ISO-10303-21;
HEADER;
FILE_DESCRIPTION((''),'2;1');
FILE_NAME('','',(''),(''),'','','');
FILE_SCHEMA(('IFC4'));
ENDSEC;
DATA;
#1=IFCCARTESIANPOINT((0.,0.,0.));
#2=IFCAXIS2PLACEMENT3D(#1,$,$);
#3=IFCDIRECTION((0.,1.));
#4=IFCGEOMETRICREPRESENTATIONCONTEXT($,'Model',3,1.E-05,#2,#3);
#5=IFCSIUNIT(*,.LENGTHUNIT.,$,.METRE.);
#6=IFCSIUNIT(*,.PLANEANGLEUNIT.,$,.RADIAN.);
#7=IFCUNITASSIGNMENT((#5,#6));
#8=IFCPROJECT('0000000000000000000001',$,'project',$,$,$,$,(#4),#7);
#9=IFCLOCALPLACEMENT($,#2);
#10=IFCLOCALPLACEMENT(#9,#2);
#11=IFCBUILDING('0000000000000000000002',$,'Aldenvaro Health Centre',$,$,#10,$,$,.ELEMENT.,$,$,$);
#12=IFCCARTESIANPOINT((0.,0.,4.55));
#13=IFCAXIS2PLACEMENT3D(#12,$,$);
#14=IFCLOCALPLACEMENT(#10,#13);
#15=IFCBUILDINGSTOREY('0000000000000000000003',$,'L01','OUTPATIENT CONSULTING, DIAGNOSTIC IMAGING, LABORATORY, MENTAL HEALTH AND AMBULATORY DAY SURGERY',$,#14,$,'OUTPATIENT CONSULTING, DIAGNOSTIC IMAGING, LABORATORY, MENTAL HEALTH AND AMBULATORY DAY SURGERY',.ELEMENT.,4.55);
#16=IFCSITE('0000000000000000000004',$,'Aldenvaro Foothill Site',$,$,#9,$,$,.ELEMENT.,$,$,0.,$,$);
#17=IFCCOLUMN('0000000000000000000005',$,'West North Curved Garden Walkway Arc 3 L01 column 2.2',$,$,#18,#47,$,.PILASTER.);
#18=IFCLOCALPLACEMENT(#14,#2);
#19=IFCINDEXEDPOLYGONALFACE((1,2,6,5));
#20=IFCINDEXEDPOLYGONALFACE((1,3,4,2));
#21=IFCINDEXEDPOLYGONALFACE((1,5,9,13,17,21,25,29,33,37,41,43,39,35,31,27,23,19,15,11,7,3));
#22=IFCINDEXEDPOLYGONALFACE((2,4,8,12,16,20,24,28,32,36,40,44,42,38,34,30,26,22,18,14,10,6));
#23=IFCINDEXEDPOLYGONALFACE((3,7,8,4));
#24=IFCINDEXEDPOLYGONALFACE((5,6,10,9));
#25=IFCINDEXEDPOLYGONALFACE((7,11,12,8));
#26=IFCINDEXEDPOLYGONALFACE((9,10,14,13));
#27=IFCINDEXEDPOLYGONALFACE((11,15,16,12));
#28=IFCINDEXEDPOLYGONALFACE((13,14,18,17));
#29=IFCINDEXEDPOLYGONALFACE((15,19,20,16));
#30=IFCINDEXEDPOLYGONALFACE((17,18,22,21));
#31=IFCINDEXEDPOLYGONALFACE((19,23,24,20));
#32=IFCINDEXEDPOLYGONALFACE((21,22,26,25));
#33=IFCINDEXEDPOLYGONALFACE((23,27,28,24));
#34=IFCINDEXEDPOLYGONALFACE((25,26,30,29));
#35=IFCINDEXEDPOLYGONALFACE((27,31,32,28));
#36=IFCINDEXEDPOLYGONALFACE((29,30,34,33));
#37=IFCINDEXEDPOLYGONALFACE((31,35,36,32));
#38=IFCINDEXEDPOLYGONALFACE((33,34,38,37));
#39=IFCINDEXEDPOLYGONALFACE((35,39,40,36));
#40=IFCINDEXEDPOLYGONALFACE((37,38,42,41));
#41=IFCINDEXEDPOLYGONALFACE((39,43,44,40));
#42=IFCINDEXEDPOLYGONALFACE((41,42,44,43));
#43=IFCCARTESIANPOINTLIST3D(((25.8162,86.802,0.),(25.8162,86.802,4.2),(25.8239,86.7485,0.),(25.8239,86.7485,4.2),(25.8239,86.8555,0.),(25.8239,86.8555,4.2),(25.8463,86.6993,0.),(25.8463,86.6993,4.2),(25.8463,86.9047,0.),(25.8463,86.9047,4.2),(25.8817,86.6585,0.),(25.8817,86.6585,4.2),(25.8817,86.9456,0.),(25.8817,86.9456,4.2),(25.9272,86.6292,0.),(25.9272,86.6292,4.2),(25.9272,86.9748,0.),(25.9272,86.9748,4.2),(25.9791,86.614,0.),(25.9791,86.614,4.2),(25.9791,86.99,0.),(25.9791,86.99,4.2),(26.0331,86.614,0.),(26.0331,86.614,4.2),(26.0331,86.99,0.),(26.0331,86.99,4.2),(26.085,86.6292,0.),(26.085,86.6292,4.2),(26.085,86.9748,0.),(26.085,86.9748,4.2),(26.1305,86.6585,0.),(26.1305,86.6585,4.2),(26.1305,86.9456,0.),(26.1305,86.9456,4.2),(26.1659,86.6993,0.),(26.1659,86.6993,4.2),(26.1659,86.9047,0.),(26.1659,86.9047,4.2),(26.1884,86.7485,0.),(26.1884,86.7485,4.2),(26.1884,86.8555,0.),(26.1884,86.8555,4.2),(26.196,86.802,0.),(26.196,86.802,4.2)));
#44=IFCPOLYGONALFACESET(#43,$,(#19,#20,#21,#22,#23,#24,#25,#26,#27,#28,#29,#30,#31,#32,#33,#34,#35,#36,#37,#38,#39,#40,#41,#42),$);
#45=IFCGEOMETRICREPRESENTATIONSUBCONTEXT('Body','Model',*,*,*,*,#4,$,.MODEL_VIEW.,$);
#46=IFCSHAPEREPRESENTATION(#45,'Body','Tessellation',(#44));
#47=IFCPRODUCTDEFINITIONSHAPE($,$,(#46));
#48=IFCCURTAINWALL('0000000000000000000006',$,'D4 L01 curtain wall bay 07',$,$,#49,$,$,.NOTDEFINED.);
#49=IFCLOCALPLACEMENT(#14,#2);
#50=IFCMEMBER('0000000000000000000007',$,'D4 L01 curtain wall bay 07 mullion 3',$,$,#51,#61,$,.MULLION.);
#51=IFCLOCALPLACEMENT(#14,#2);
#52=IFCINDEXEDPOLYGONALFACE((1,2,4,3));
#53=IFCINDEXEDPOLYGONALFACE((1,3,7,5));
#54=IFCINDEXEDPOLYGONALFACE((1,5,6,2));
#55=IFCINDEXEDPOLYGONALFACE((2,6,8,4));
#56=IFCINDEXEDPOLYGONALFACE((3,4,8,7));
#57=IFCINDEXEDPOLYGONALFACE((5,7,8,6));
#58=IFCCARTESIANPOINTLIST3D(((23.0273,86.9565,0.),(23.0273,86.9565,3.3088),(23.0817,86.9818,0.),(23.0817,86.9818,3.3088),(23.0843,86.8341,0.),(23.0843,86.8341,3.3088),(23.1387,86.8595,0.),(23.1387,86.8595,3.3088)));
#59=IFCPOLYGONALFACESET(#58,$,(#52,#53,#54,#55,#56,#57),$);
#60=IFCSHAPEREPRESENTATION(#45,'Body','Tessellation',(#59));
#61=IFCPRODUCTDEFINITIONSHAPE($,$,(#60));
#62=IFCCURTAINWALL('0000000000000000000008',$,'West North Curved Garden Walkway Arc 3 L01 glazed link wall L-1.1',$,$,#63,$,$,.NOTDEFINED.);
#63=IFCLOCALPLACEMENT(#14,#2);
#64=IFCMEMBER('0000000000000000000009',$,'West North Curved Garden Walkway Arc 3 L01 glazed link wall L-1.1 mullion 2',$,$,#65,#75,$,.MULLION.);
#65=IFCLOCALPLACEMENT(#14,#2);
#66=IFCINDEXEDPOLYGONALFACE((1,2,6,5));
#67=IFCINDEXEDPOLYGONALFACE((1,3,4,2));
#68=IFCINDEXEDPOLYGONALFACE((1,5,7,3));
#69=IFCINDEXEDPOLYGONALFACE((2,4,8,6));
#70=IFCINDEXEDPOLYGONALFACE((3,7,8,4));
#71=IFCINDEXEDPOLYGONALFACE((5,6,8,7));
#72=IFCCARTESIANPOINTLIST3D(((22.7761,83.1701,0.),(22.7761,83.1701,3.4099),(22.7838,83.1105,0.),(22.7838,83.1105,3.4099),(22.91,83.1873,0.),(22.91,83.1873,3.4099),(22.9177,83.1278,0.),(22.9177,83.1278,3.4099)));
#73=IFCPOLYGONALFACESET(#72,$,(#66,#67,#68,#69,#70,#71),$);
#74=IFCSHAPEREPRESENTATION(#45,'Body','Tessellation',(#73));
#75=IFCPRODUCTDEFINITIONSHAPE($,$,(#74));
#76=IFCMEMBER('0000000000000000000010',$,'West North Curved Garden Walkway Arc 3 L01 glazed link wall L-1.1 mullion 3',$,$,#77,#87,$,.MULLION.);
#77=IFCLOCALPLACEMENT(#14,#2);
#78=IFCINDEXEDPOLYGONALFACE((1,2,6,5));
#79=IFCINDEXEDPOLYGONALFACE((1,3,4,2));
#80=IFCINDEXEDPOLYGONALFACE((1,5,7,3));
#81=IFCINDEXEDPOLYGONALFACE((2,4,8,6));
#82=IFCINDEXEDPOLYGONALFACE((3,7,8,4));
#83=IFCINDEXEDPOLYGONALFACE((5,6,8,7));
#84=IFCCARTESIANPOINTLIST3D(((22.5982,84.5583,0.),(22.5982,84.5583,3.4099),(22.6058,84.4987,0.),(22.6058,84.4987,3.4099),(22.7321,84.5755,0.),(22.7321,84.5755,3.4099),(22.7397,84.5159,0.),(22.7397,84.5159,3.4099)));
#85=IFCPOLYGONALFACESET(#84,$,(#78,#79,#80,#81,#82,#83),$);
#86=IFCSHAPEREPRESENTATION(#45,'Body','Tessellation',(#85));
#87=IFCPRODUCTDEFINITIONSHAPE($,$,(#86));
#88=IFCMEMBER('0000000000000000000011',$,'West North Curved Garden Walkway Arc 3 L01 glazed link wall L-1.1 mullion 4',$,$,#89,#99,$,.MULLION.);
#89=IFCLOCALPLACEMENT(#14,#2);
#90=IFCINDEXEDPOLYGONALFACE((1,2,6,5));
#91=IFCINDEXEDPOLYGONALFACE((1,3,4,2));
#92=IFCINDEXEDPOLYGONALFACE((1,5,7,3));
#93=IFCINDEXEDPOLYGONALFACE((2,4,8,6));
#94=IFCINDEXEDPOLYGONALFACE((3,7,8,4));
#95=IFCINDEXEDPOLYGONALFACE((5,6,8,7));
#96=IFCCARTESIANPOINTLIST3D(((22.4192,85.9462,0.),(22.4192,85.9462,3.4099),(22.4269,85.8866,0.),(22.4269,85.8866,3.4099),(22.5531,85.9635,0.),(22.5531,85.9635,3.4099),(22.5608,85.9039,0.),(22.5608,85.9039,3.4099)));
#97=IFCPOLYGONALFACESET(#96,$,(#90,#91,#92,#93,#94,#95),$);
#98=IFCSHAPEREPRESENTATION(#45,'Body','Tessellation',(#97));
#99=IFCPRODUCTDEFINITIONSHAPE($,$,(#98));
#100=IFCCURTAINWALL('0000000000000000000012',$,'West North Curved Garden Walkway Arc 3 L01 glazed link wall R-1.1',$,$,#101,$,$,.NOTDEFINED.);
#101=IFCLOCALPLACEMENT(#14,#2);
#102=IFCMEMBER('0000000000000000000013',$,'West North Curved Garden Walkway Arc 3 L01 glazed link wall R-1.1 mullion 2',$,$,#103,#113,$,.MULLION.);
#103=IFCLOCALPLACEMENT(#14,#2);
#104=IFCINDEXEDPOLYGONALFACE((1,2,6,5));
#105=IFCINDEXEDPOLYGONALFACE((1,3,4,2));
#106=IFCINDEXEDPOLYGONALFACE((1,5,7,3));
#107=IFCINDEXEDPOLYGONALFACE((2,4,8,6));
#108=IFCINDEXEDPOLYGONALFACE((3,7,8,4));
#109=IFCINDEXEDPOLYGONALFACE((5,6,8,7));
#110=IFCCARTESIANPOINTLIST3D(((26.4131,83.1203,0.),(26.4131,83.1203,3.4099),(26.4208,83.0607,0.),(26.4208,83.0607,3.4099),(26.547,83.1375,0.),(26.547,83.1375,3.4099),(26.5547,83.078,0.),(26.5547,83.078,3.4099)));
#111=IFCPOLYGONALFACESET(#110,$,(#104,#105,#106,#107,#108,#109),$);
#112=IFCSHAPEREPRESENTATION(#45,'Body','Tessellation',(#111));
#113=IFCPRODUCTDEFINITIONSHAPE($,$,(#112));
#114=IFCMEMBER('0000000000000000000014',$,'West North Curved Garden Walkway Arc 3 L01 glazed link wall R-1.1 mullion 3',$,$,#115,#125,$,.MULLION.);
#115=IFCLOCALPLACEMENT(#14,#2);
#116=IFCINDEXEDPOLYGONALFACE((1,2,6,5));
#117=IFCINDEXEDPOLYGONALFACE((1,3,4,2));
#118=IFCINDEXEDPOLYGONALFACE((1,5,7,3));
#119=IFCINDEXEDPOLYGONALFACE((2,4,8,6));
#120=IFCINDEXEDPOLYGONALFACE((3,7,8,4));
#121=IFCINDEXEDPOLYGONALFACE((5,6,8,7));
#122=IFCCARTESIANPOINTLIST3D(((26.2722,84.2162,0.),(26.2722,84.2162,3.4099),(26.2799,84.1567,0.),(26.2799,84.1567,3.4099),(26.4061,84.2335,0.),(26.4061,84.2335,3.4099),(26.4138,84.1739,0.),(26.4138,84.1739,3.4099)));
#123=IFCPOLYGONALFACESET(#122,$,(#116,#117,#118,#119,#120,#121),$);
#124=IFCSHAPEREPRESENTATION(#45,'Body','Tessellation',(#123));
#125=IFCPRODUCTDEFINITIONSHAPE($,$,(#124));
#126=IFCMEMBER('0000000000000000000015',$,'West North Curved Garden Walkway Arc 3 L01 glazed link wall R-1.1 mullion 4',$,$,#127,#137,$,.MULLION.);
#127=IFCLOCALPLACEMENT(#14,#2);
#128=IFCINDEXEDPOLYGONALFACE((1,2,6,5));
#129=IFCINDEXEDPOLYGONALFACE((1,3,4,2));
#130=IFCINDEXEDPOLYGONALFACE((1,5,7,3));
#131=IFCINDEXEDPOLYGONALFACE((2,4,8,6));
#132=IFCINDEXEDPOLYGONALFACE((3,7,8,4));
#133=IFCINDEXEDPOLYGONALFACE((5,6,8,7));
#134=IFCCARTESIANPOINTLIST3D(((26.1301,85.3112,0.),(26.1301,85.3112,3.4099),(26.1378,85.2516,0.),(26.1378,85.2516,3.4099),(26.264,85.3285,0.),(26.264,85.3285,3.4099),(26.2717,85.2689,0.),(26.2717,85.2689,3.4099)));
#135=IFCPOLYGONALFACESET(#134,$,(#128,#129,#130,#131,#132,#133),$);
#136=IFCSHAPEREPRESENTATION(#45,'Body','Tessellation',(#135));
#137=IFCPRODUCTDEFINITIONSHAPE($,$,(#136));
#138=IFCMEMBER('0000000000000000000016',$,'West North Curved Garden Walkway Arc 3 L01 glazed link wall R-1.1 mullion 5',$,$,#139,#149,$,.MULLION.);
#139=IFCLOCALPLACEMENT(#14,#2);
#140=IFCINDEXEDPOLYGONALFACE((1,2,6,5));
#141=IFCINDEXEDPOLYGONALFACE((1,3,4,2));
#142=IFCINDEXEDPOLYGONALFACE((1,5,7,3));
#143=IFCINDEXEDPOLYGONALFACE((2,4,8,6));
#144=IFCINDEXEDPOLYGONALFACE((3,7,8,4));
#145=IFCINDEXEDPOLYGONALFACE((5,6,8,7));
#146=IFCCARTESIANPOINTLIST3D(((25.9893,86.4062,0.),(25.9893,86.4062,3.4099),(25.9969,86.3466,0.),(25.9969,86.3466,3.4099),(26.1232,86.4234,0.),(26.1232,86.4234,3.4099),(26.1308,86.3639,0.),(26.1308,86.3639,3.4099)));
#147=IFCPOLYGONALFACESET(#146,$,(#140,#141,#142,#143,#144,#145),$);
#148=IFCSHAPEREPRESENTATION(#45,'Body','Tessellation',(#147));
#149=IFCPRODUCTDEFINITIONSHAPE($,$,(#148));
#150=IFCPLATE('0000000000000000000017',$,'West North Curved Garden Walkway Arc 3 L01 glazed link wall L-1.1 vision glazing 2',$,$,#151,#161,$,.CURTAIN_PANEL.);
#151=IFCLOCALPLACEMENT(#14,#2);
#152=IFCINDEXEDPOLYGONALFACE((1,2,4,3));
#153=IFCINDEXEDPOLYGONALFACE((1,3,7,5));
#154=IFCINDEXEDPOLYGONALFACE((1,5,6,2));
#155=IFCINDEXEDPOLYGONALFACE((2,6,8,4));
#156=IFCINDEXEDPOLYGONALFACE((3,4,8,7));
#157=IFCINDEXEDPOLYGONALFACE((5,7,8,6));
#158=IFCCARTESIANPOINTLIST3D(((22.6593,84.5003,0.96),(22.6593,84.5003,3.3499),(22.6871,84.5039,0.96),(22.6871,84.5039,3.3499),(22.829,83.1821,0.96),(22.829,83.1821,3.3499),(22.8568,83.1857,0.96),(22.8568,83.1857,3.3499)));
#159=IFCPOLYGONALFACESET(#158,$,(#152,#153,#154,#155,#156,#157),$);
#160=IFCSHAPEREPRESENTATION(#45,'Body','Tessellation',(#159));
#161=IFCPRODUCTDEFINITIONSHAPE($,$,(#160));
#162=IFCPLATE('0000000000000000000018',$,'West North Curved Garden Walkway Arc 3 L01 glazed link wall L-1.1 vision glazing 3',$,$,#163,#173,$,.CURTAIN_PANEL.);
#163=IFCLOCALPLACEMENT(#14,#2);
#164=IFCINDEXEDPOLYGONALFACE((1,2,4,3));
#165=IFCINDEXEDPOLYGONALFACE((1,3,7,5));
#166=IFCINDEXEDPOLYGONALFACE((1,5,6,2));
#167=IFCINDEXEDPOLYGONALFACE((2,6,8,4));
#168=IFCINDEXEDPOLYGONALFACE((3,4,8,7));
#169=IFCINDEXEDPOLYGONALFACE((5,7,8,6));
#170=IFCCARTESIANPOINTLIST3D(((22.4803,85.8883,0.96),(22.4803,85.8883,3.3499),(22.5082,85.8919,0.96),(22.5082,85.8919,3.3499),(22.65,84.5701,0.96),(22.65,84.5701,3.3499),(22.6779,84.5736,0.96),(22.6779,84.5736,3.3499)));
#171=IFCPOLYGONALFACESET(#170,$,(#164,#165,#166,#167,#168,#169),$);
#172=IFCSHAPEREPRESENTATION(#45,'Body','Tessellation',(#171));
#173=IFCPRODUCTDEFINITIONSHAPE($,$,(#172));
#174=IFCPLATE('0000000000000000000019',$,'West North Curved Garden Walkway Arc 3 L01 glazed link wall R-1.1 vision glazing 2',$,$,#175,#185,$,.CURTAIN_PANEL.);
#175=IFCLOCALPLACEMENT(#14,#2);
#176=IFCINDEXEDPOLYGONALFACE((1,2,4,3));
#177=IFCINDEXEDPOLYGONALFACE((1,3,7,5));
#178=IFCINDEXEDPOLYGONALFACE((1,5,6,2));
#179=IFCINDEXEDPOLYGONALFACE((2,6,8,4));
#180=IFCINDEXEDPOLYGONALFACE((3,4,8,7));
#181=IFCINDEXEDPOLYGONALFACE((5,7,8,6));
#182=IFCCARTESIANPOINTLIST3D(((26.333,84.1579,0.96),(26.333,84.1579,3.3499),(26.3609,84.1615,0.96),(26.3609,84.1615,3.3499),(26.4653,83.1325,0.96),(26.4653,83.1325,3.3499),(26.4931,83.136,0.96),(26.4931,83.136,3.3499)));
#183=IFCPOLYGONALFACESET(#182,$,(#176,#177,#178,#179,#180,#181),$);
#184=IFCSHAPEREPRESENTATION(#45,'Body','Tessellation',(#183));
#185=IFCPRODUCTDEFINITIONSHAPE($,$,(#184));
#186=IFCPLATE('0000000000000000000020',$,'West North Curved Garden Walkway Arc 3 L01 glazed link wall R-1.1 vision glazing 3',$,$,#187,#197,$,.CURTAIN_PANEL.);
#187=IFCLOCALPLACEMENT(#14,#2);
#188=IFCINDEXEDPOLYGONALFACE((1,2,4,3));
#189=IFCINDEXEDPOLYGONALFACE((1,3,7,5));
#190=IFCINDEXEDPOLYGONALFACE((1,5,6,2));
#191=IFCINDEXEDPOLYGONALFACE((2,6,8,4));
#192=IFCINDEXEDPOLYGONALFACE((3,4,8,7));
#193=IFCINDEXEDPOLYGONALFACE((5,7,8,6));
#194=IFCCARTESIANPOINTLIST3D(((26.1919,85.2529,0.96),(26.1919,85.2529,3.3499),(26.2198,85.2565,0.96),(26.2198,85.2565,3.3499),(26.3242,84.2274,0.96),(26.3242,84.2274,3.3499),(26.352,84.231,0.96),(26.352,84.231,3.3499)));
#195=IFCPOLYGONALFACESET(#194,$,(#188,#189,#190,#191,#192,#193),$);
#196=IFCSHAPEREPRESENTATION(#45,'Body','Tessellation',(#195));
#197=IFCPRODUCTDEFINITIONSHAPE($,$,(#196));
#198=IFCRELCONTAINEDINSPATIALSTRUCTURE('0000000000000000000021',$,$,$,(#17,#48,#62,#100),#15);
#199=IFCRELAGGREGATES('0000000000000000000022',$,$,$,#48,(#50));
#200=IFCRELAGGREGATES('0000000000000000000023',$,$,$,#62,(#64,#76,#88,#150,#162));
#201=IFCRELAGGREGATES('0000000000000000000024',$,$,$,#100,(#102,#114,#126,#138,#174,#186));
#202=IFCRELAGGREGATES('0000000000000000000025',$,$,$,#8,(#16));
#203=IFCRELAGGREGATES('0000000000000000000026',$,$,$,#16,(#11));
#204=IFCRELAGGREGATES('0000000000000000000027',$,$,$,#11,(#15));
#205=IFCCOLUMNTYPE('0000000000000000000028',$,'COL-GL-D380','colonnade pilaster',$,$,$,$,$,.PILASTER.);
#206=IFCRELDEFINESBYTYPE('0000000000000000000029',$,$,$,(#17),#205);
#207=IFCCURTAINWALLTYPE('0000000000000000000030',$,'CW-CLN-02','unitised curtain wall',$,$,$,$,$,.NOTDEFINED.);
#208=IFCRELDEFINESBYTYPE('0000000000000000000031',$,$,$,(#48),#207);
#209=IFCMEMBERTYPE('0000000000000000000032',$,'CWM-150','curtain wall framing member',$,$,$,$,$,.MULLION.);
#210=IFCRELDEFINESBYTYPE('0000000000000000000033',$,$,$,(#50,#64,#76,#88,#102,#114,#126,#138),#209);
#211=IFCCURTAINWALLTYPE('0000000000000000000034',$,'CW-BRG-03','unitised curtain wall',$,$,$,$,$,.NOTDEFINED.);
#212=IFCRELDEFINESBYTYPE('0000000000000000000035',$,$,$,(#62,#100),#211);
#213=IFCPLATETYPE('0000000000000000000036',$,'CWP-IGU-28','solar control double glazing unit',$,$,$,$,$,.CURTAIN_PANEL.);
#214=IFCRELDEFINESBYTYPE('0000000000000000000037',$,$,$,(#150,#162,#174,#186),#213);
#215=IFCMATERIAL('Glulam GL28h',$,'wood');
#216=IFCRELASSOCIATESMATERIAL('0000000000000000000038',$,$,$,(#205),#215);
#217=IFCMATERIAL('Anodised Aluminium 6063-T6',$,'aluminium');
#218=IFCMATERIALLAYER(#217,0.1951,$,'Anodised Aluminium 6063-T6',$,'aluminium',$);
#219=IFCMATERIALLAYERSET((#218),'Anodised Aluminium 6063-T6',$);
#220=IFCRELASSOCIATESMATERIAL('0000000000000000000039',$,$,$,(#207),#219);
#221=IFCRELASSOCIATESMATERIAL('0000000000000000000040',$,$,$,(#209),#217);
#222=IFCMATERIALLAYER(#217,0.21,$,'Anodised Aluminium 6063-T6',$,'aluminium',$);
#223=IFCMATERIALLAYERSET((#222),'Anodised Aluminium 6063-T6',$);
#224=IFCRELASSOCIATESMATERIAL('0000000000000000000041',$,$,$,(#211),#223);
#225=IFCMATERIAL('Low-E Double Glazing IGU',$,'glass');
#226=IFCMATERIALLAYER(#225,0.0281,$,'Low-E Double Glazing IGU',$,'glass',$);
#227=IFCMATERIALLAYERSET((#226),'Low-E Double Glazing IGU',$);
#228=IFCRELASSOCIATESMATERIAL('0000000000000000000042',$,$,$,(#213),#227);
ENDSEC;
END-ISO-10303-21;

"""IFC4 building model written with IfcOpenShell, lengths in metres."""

from ifc_helpers import new_model, si_unit, direction, frame, origin, origin_2d, place, context, subcontext, project, spatial, rectangle, circle, extrude, material, layer, layer_set, material_profile, profile_set, type_object, element, aggregate, save


model = new_model("IFC4")

# Units and contexts
model_context = context("Model", 3, precision=1e-05, world=origin(), true_north=direction((0.0, 1.0)))
body_context = subcontext(model_context, "Body", "Model", "MODEL_VIEW")
ifc_project = project(units=[si_unit("LENGTHUNIT", "METRE"), si_unit("PLANEANGLEUNIT", "RADIAN")], contexts=[model_context])

# Site, building, storey
site_placement = place(None, origin())
site = spatial("IfcSite", under=ifc_project, at=site_placement, Name="Aldenvaro Foothill Site", CompositionType="ELEMENT", RefElevation=0.0)
building_placement = place(site_placement, origin())
building = spatial("IfcBuilding", under=site, at=building_placement, Name="Aldenvaro Health Centre", CompositionType="ELEMENT")
storey_placement = place(building_placement, frame((0.0, 0.0, 4.55)))
storey = spatial("IfcBuildingStorey", under=building, at=storey_placement, Name="L01", Description="OUTPATIENT CONSULTING, DIAGNOSTIC IMAGING, LABORATORY, MENTAL HEALTH AND AMBULATORY DAY SURGERY", LongName="OUTPATIENT CONSULTING, DIAGNOSTIC IMAGING, LABORATORY, MENTAL HEALTH AND AMBULATORY DAY SURGERY", CompositionType="ELEMENT", Elevation=4.55)

# Column
ifc_material_1 = material(Name="Glulam GL28h", Category="wood")
ifc_material_profile_1 = material_profile(ifc_material_1, circle(Radius=0.1899, at=origin_2d()), Name="GL D380", Category="wood")
ifc_profile_set_1 = profile_set([ifc_material_profile_1], Name="Glulam GL28h")
column_type = type_object("IfcColumnType", Name="COL-GL-D380", Description="colonnade pilaster", PredefinedType="PILASTER", material=ifc_profile_set_1)
column_placement = place(storey_placement, frame((26.0061, 86.802, 0.0), z_axis=(0.0, 0.0, 1.0), x_axis=(1.0, 0.0, 0.0)))
element("IfcColumn", 1, at=column_placement, inside=storey, type_object=column_type, Name="West North Curved Garden Walkway Arc 3 L01 column 2.2", PredefinedType="PILASTER", context=body_context, shape_type="SweptSolid", body=[
    extrude(circle(Radius=0.1899, at=origin_2d()), origin(), (0.0, 0.0, 1.0), 4.2),
])

# Curtain wall, member
ifc_material_2 = material(Name="Anodised Aluminium 6063-T6", Category="aluminium")
ifc_layer_1 = layer(ifc_material_2, 0.1951, Name="Anodised Aluminium 6063-T6", Category="aluminium")
ifc_layer_set_1 = layer_set([ifc_layer_1], Name="Anodised Aluminium 6063-T6")
curtain_wall_type_1 = type_object("IfcCurtainWallType", Name="CW-CLN-02", Description="unitised curtain wall", PredefinedType="NOTDEFINED", material=ifc_layer_set_1)
curtain_wall_1_placement = place(storey_placement, origin())
curtain_wall_1 = element("IfcCurtainWall", 2, at=curtain_wall_1_placement, inside=storey, type_object=curtain_wall_type_1, Name="D4 L01 curtain wall bay 07", PredefinedType="NOTDEFINED")
ifc_material_profile_2 = material_profile(ifc_material_2, rectangle(XDim=0.0601, YDim=0.135, at=origin_2d()), Name="ALU 60x135", Category="aluminium")
ifc_profile_set_2 = profile_set([ifc_material_profile_2], Name="Anodised Aluminium 6063-T6")
member_type = type_object("IfcMemberType", Name="CWM-150", Description="curtain wall framing member", PredefinedType="MULLION", material=ifc_profile_set_2)
member_1_placement = place(storey_placement, frame((23.083, 86.908, 0.0), z_axis=(0.0, 0.0, 1.0), x_axis=(-0.906336, -0.422557, 0.0)))
member_1 = element("IfcMember", 3, at=member_1_placement, type_object=member_type, Name="D4 L01 curtain wall bay 07 mullion 3", PredefinedType="MULLION", context=body_context, shape_type="SweptSolid", body=[
    extrude(rectangle(XDim=0.0601, YDim=0.135, at=origin_2d()), origin(), (0.0, 0.0, 1.0), 3.3088),
])
aggregate(curtain_wall_1, [member_1])

# Curtain walls, members
ifc_layer_2 = layer(ifc_material_2, 0.21, Name="Anodised Aluminium 6063-T6", Category="aluminium")
ifc_layer_set_2 = layer_set([ifc_layer_2], Name="Anodised Aluminium 6063-T6")
curtain_wall_type_2 = type_object("IfcCurtainWallType", Name="CW-BRG-03", Description="unitised curtain wall", PredefinedType="NOTDEFINED", material=ifc_layer_set_2)
curtain_wall_2_placement = place(storey_placement, origin())
curtain_wall_2 = element("IfcCurtainWall", 4, at=curtain_wall_2_placement, inside=storey, type_object=curtain_wall_type_2, Name="West North Curved Garden Walkway Arc 3 L01 glazed link wall L-1.1", PredefinedType="NOTDEFINED")
member_2_placement = place(storey_placement, frame((22.8469, 83.1489, 0.0), z_axis=(0.0, 0.0, 1.0), x_axis=(-0.127669, 0.991817, 0.0)))
member_2 = element("IfcMember", 5, at=member_2_placement, type_object=member_type, Name="West North Curved Garden Walkway Arc 3 L01 glazed link wall L-1.1 mullion 2", PredefinedType="MULLION", context=body_context, shape_type="SweptSolid", body=[
    extrude(rectangle(XDim=0.0601, YDim=0.135, at=origin_2d()), origin(), (0.0, 0.0, 1.0), 3.4099),
])
member_3_placement = place(storey_placement, frame((22.6689, 84.5371, 0.0), z_axis=(0.0, 0.0, 1.0), x_axis=(-0.127669, 0.991817, 0.0)))
member_3 = element("IfcMember", 6, at=member_3_placement, type_object=member_type, Name="West North Curved Garden Walkway Arc 3 L01 glazed link wall L-1.1 mullion 3", PredefinedType="MULLION", context=body_context, shape_type="SweptSolid", body=[
    extrude(rectangle(XDim=0.0601, YDim=0.135, at=origin_2d()), origin(), (0.0, 0.0, 1.0), 3.4099),
])
member_4_placement = place(storey_placement, frame((22.49, 85.925, 0.0), z_axis=(0.0, 0.0, 1.0), x_axis=(-0.127669, 0.991817, 0.0)))
member_4 = element("IfcMember", 7, at=member_4_placement, type_object=member_type, Name="West North Curved Garden Walkway Arc 3 L01 glazed link wall L-1.1 mullion 4", PredefinedType="MULLION", context=body_context, shape_type="SweptSolid", body=[
    extrude(rectangle(XDim=0.0601, YDim=0.135, at=origin_2d()), origin(), (0.0, 0.0, 1.0), 3.4099),
])
curtain_wall_3_placement = place(storey_placement, origin())
curtain_wall_3 = element("IfcCurtainWall", 8, at=curtain_wall_3_placement, inside=storey, type_object=curtain_wall_type_2, Name="West North Curved Garden Walkway Arc 3 L01 glazed link wall R-1.1", PredefinedType="NOTDEFINED")
member_5_placement = place(storey_placement, frame((26.4839, 83.0991, 0.0), z_axis=(0.0, 0.0, 1.0), x_axis=(-0.127907, 0.991786, 0.0)))
member_5 = element("IfcMember", 9, at=member_5_placement, type_object=member_type, Name="West North Curved Garden Walkway Arc 3 L01 glazed link wall R-1.1 mullion 2", PredefinedType="MULLION", context=body_context, shape_type="SweptSolid", body=[
    extrude(rectangle(XDim=0.0601, YDim=0.135, at=origin_2d()), origin(), (0.0, 0.0, 1.0), 3.4099),
])
member_6_placement = place(storey_placement, frame((26.343, 84.1951, 0.0), z_axis=(0.0, 0.0, 1.0), x_axis=(-0.127907, 0.991786, 0.0)))
member_6 = element("IfcMember", 10, at=member_6_placement, type_object=member_type, Name="West North Curved Garden Walkway Arc 3 L01 glazed link wall R-1.1 mullion 3", PredefinedType="MULLION", context=body_context, shape_type="SweptSolid", body=[
    extrude(rectangle(XDim=0.0601, YDim=0.135, at=origin_2d()), origin(), (0.0, 0.0, 1.0), 3.4099),
])
member_7_placement = place(storey_placement, frame((26.2009, 85.29, 0.0), z_axis=(0.0, 0.0, 1.0), x_axis=(-0.127907, 0.991786, 0.0)))
member_7 = element("IfcMember", 11, at=member_7_placement, type_object=member_type, Name="West North Curved Garden Walkway Arc 3 L01 glazed link wall R-1.1 mullion 4", PredefinedType="MULLION", context=body_context, shape_type="SweptSolid", body=[
    extrude(rectangle(XDim=0.0601, YDim=0.135, at=origin_2d()), origin(), (0.0, 0.0, 1.0), 3.4099),
])
member_8_placement = place(storey_placement, frame((26.0601, 86.385, 0.0), z_axis=(0.0, 0.0, 1.0), x_axis=(-0.127907, 0.991786, 0.0)))
member_8 = element("IfcMember", 12, at=member_8_placement, type_object=member_type, Name="West North Curved Garden Walkway Arc 3 L01 glazed link wall R-1.1 mullion 5", PredefinedType="MULLION", context=body_context, shape_type="SweptSolid", body=[
    extrude(rectangle(XDim=0.0601, YDim=0.135, at=origin_2d()), origin(), (0.0, 0.0, 1.0), 3.4099),
])

# Plates
ifc_material_3 = material(Name="Low-E Double Glazing IGU", Category="glass")
ifc_layer_3 = layer(ifc_material_3, 0.0281, Name="Low-E Double Glazing IGU", Category="glass")
ifc_layer_set_3 = layer_set([ifc_layer_3], Name="Low-E Double Glazing IGU")
plate_type_1 = type_object("IfcPlateType", Name="CWP-IGU-28", Description="solar control double glazing unit", PredefinedType="CURTAIN_PANEL", material=ifc_layer_set_3)
plate_1_placement = place(storey_placement, frame((22.7581, 83.843, 0.96), z_axis=(0.0, 0.0, 1.0), x_axis=(-0.127669, 0.991817, 0.0)))
plate_1 = element("IfcPlate", 13, at=plate_1_placement, type_object=plate_type_1, Name="West North Curved Garden Walkway Arc 3 L01 glazed link wall L-1.1 vision glazing 2", PredefinedType="CURTAIN_PANEL", context=body_context, shape_type="SweptSolid", body=[
    extrude(rectangle(XDim=1.3291, YDim=0.0281, at=origin_2d()), origin(), (0.0, 0.0, 1.0), 2.3899),
])
plate_2_placement = place(storey_placement, frame((22.5791, 85.231, 0.96), z_axis=(0.0, 0.0, 1.0), x_axis=(-0.127669, 0.991817, 0.0)))
plate_2 = element("IfcPlate", 14, at=plate_2_placement, type_object=plate_type_1, Name="West North Curved Garden Walkway Arc 3 L01 glazed link wall L-1.1 vision glazing 3", PredefinedType="CURTAIN_PANEL", context=body_context, shape_type="SweptSolid", body=[
    extrude(rectangle(XDim=1.3291, YDim=0.0281, at=origin_2d()), origin(), (0.0, 0.0, 1.0), 2.3899),
])
plate_3_placement = place(storey_placement, frame((26.4131, 83.647, 0.96), z_axis=(0.0, 0.0, 1.0), x_axis=(-0.127907, 0.991786, 0.0)))
plate_3 = element("IfcPlate", 15, at=plate_3_placement, type_object=plate_type_1, Name="West North Curved Garden Walkway Arc 3 L01 glazed link wall R-1.1 vision glazing 2", PredefinedType="CURTAIN_PANEL", context=body_context, shape_type="SweptSolid", body=[
    extrude(rectangle(XDim=1.0339, YDim=0.0281, at=origin_2d()), origin(), (0.0, 0.0, 1.0), 2.3899),
])
plate_4_placement = place(storey_placement, frame((26.272, 84.7419, 0.96), z_axis=(0.0, 0.0, 1.0), x_axis=(-0.127907, 0.991786, 0.0)))
plate_4 = element("IfcPlate", 16, at=plate_4_placement, type_object=plate_type_1, Name="West North Curved Garden Walkway Arc 3 L01 glazed link wall R-1.1 vision glazing 3", PredefinedType="CURTAIN_PANEL", context=body_context, shape_type="SweptSolid", body=[
    extrude(rectangle(XDim=1.0339, YDim=0.0281, at=origin_2d()), origin(), (0.0, 0.0, 1.0), 2.3899),
])
aggregate(curtain_wall_2, [member_2, member_3, member_4, plate_1, plate_2])
aggregate(curtain_wall_3, [member_5, member_6, member_7, member_8, plate_3, plate_4])

save(model, "model.ifc")
